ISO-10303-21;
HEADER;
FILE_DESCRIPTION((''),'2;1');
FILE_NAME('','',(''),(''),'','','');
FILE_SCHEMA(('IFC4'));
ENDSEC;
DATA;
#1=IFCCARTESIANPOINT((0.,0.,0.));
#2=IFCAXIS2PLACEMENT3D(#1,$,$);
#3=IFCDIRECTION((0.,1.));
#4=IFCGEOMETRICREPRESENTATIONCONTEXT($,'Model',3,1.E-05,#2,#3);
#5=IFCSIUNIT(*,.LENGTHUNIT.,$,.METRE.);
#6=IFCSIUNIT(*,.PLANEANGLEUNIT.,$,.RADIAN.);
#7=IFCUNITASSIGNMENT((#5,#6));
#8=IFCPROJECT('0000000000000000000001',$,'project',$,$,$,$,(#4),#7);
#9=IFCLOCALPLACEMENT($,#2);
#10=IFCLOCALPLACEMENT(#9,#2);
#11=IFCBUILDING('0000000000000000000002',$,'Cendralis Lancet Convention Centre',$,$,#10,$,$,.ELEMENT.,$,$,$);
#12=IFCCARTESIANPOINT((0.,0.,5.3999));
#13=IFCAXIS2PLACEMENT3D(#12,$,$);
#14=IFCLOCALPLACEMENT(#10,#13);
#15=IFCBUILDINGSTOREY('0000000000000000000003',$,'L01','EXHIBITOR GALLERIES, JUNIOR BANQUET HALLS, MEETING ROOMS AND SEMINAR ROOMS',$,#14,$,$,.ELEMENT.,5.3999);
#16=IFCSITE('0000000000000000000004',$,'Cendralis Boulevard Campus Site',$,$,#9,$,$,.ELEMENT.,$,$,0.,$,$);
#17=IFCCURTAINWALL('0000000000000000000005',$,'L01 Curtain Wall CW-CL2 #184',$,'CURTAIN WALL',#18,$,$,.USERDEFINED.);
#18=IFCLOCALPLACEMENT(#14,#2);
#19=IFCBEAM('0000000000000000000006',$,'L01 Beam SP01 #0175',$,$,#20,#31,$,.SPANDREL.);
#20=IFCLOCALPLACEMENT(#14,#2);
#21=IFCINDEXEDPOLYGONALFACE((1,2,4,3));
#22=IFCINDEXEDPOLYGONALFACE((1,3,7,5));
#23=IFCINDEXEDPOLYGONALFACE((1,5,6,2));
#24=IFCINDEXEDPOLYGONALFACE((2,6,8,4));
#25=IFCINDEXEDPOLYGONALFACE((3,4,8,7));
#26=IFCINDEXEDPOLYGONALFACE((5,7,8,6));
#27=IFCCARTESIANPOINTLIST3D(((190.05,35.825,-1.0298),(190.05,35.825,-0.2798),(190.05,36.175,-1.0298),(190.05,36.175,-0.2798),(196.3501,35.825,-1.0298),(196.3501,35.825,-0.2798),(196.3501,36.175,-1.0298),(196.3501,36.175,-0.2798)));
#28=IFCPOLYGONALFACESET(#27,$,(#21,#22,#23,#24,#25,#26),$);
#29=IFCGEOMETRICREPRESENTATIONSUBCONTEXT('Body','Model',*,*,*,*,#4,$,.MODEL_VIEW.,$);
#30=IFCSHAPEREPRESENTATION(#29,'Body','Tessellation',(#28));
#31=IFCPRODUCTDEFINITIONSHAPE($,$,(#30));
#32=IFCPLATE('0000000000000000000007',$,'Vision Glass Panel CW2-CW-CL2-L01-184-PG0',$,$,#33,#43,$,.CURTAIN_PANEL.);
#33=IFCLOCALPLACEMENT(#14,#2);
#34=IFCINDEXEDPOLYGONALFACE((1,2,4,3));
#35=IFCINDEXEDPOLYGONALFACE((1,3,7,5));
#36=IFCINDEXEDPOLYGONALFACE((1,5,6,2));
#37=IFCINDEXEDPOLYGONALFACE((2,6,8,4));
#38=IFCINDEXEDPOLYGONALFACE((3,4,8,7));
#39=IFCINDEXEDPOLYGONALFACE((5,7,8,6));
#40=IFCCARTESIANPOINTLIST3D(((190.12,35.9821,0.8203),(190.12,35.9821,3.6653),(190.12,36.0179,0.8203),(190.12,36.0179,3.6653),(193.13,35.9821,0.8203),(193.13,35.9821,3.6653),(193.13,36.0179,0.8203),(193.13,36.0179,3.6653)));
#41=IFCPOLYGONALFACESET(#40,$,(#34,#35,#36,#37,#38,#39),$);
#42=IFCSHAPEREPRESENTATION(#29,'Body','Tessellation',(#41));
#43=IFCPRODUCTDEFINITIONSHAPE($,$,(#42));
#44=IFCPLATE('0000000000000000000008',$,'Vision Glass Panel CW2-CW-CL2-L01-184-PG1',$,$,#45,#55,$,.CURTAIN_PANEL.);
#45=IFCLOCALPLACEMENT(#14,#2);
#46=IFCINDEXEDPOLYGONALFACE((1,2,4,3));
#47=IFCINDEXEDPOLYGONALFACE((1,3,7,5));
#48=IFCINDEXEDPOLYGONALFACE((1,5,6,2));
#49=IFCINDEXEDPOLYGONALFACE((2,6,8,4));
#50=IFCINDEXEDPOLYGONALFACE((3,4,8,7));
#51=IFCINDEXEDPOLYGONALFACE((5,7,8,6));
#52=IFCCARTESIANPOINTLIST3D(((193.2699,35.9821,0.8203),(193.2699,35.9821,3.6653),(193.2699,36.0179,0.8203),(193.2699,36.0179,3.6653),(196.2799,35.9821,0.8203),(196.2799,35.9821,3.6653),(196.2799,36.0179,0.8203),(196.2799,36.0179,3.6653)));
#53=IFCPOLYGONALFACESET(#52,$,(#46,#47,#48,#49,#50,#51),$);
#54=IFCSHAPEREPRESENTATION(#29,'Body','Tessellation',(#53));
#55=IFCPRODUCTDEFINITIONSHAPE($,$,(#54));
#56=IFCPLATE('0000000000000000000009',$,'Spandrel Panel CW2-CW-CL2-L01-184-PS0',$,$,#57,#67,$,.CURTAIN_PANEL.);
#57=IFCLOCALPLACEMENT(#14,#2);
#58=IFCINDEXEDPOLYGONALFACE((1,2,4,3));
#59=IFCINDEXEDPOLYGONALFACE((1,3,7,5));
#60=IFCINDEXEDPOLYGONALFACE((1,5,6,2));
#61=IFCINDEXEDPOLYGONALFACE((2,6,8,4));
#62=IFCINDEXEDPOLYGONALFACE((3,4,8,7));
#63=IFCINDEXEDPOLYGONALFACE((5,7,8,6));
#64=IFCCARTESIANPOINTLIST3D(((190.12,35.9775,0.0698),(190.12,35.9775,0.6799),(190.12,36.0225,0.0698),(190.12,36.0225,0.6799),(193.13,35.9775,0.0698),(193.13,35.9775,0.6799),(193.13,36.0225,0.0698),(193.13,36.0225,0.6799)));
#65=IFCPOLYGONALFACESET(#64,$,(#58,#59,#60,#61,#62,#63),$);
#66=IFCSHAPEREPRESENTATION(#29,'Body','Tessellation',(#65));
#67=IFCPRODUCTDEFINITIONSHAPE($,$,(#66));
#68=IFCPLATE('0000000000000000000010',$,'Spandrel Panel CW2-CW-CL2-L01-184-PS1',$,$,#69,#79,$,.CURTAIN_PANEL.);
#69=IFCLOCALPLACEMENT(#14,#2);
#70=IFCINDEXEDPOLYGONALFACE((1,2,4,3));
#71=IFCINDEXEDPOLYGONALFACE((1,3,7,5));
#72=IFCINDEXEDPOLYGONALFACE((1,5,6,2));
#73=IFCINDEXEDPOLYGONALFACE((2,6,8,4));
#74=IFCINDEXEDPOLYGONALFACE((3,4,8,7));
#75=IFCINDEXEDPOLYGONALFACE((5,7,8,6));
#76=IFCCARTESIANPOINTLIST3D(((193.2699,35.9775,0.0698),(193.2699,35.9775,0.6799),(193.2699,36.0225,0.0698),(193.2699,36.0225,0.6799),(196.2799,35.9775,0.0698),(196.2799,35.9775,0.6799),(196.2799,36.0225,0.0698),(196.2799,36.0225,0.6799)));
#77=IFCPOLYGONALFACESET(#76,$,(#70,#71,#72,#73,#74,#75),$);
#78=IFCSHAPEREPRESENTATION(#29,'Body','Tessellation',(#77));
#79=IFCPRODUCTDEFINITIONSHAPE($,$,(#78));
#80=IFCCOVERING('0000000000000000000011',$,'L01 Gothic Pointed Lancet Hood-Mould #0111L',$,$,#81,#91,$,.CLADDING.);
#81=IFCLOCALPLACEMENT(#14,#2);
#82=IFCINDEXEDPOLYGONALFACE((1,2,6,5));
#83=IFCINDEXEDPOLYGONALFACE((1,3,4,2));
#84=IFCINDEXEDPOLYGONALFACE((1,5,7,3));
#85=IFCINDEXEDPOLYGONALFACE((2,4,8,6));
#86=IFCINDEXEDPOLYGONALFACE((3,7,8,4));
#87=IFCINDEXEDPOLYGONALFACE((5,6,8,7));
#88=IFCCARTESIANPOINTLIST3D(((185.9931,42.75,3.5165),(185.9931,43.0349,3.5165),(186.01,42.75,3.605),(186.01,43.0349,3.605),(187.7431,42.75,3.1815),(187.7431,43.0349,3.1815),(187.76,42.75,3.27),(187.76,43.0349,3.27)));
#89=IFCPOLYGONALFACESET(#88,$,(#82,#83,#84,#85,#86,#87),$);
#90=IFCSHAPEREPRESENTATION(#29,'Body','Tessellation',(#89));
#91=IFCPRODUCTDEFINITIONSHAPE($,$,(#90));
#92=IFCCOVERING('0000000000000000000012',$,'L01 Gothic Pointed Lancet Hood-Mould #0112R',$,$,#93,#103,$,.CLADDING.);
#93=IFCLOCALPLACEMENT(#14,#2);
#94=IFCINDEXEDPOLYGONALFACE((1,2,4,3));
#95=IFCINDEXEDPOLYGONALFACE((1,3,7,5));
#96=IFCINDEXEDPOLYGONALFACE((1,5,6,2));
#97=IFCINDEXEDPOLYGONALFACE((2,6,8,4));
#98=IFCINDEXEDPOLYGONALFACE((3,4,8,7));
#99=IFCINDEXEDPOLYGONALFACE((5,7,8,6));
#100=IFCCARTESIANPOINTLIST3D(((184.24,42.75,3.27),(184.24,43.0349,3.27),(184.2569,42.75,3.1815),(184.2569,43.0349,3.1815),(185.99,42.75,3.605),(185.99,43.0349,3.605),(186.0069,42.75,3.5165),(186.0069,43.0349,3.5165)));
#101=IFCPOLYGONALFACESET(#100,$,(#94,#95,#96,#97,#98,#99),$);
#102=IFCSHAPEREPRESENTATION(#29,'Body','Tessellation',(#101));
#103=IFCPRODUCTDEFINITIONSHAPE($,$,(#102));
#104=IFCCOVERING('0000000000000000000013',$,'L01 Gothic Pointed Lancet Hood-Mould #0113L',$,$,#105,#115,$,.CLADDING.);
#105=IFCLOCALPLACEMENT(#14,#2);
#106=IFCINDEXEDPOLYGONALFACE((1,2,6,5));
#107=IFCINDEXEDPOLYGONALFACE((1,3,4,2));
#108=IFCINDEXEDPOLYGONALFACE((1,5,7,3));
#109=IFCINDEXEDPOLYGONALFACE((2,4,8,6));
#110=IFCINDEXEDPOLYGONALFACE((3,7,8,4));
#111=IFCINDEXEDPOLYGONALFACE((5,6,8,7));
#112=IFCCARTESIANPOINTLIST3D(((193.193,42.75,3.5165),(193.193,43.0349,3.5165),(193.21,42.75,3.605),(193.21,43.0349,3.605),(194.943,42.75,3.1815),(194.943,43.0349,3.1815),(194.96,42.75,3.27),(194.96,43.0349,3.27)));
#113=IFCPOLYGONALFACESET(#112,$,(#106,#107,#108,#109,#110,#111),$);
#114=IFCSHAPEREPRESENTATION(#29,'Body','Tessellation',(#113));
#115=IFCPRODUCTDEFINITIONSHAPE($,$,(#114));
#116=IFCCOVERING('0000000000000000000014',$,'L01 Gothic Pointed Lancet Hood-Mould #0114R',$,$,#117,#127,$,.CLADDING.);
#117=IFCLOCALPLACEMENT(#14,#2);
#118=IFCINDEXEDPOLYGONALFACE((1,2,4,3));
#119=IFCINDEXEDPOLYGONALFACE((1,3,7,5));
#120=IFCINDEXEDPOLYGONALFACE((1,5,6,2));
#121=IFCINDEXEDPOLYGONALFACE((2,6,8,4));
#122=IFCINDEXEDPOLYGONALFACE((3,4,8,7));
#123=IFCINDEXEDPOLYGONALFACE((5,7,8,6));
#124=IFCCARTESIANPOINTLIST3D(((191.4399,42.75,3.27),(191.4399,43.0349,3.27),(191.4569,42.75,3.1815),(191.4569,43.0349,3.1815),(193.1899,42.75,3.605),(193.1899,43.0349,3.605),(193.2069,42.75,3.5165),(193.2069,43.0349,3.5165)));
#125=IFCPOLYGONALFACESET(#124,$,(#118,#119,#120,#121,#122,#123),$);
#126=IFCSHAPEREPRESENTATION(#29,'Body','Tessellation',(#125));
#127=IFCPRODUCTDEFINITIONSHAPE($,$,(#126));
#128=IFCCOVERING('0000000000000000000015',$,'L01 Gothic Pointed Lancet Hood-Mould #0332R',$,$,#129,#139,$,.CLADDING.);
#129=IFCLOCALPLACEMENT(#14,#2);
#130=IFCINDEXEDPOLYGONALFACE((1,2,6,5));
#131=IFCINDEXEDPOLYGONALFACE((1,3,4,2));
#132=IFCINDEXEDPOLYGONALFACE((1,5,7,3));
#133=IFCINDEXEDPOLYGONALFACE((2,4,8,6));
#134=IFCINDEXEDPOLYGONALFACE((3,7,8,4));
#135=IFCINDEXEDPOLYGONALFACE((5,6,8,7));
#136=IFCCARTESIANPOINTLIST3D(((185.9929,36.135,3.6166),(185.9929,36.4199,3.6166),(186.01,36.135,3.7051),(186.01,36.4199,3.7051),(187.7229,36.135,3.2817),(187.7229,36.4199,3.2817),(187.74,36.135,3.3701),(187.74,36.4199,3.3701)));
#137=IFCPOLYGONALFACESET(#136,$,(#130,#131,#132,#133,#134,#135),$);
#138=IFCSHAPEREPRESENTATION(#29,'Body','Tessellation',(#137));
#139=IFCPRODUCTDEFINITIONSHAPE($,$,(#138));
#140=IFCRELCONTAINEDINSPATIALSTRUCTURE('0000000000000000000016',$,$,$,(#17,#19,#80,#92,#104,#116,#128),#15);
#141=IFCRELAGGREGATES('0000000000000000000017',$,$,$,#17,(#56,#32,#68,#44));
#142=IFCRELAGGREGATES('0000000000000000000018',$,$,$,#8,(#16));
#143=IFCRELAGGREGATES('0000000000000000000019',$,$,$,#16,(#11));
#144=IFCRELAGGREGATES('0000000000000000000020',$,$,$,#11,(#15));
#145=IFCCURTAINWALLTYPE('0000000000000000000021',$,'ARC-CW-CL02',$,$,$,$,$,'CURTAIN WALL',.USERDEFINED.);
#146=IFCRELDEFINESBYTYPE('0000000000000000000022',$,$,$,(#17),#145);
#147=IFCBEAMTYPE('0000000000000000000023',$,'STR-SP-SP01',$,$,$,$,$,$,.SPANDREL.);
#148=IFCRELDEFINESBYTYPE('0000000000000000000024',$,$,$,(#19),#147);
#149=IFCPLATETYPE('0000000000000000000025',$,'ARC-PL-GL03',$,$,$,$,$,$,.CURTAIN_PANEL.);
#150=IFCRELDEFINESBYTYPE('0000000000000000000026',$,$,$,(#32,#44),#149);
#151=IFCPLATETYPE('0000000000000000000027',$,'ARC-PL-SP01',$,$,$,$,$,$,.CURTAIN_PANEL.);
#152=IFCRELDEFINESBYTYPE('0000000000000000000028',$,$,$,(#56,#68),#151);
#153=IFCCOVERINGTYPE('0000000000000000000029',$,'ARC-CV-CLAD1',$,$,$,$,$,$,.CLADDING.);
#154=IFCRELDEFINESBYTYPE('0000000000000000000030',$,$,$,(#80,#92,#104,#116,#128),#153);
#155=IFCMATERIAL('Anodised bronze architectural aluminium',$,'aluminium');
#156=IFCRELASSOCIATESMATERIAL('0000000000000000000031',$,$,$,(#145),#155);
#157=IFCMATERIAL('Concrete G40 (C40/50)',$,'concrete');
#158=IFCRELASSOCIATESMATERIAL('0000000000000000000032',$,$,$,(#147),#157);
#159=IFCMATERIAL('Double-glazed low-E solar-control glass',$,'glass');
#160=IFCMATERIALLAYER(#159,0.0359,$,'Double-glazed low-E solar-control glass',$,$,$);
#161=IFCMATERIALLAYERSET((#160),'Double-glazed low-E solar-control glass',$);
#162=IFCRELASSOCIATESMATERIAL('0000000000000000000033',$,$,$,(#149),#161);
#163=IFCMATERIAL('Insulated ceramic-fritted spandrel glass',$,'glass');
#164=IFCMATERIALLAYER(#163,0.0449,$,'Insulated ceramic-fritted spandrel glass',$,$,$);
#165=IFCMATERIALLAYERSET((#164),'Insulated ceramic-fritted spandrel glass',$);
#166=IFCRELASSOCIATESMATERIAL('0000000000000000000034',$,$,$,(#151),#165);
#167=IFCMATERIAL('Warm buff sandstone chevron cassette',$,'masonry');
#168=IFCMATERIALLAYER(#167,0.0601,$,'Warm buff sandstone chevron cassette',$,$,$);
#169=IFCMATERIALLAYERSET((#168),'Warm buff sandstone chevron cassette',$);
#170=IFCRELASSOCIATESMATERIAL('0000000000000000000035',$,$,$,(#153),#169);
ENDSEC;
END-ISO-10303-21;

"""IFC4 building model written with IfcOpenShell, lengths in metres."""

from ifc_helpers import new_model, si_unit, direction, frame, origin, origin_2d, place, context, subcontext, project, spatial, polyline, rectangle, outline, extrude, material, layer, layer_set, material_profile, profile_set, type_object, element, aggregate, save


model = new_model("IFC4")

# Units and contexts
model_context = context("Model", 3, precision=1e-05, world=origin(), true_north=direction((0.0, 1.0)))
body_context = subcontext(model_context, "Body", "Model", "MODEL_VIEW")
ifc_project = project(units=[si_unit("LENGTHUNIT", "METRE"), si_unit("PLANEANGLEUNIT", "RADIAN")], contexts=[model_context])

# Site, building, storey
site_placement = place(None, origin())
site = spatial("IfcSite", under=ifc_project, at=site_placement, Name="Cendralis Boulevard Campus Site", CompositionType="ELEMENT", RefElevation=0.0)
building_placement = place(site_placement, origin())
building = spatial("IfcBuilding", under=site, at=building_placement, Name="Cendralis Lancet Convention Centre", CompositionType="ELEMENT")
storey_placement = place(building_placement, frame((0.0, 0.0, 5.3999)))
storey = spatial("IfcBuildingStorey", under=building, at=storey_placement, Name="L01", Description="EXHIBITOR GALLERIES, JUNIOR BANQUET HALLS, MEETING ROOMS AND SEMINAR ROOMS", CompositionType="ELEMENT", Elevation=5.3999)

# Shared definitions
ifc_material_1 = material(Name="Concrete G40 (C40/50)", Category="concrete")

# Curtain wall
ifc_material_2 = material(Name="Anodised bronze architectural aluminium", Category="aluminium")
curtain_wall_type = type_object("IfcCurtainWallType", Name="ARC-CW-CL02", ElementType="CURTAIN WALL", PredefinedType="USERDEFINED", material=ifc_material_2)
curtain_wall_placement = place(storey_placement, origin())
curtain_wall = element("IfcCurtainWall", 1, at=curtain_wall_placement, inside=storey, type_object=curtain_wall_type, Name="L01 Curtain Wall CW-CL2 #184", ObjectType="CURTAIN WALL", PredefinedType="USERDEFINED")

# Beam
ifc_material_profile_1 = material_profile(ifc_material_1, rectangle(XDim=0.3501, YDim=0.75, at=origin_2d()), Name="RCB 350x750")
ifc_profile_set_1 = profile_set([ifc_material_profile_1], Name="Concrete G40 (C40/50)")
beam_type = type_object("IfcBeamType", Name="STR-SP-SP01", PredefinedType="SPANDREL", material=ifc_profile_set_1)
beam_placement = place(storey_placement, frame((190.05, 36.0, -0.6548), z_axis=(1.0, 0.0, 0.0), x_axis=(0.0, 1.0, 0.0)))
element("IfcBeam", 2, at=beam_placement, inside=storey, type_object=beam_type, Name="L01 Beam SP01 #0175", PredefinedType="SPANDREL", context=body_context, shape_type="SweptSolid", body=[
    extrude(rectangle(XDim=0.3501, YDim=0.75, at=origin_2d()), origin(), (0.0, 0.0, 1.0), 6.3),
])

# Plates
ifc_material_3 = material(Name="Double-glazed low-E solar-control glass", Category="glass")
ifc_layer_1 = layer(ifc_material_3, 0.0359, Name="Double-glazed low-E solar-control glass")
ifc_layer_set_1 = layer_set([ifc_layer_1], Name="Double-glazed low-E solar-control glass")
plate_type_1 = type_object("IfcPlateType", Name="ARC-PL-GL03", PredefinedType="CURTAIN_PANEL", material=ifc_layer_set_1)
plate_1_placement = place(storey_placement, frame((191.625, 36.0, 0.8203), z_axis=(0.0, 0.0, 1.0), x_axis=(1.0, 0.0, 0.0)))
plate_1 = element("IfcPlate", 3, at=plate_1_placement, type_object=plate_type_1, Name="Vision Glass Panel CW2-CW-CL2-L01-184-PG0", PredefinedType="CURTAIN_PANEL", context=body_context, shape_type="SweptSolid", body=[
    extrude(rectangle(XDim=3.01, YDim=0.0359, at=origin_2d()), origin(), (0.0, 0.0, 1.0), 2.845),
])
plate_2_placement = place(storey_placement, frame((194.7749, 36.0, 0.8203), z_axis=(0.0, 0.0, 1.0), x_axis=(1.0, 0.0, 0.0)))
plate_2 = element("IfcPlate", 4, at=plate_2_placement, type_object=plate_type_1, Name="Vision Glass Panel CW2-CW-CL2-L01-184-PG1", PredefinedType="CURTAIN_PANEL", context=body_context, shape_type="SweptSolid", body=[
    extrude(rectangle(XDim=3.01, YDim=0.0359, at=origin_2d()), origin(), (0.0, 0.0, 1.0), 2.845),
])
ifc_material_4 = material(Name="Insulated ceramic-fritted spandrel glass", Category="glass")
ifc_layer_2 = layer(ifc_material_4, 0.0449, Name="Insulated ceramic-fritted spandrel glass")
ifc_layer_set_2 = layer_set([ifc_layer_2], Name="Insulated ceramic-fritted spandrel glass")
plate_type_2 = type_object("IfcPlateType", Name="ARC-PL-SP01", PredefinedType="CURTAIN_PANEL", material=ifc_layer_set_2)
plate_3_placement = place(storey_placement, frame((191.625, 36.0, 0.0698), z_axis=(0.0, 0.0, 1.0), x_axis=(1.0, 0.0, 0.0)))
plate_3 = element("IfcPlate", 5, at=plate_3_placement, type_object=plate_type_2, Name="Spandrel Panel CW2-CW-CL2-L01-184-PS0", PredefinedType="CURTAIN_PANEL", context=body_context, shape_type="SweptSolid", body=[
    extrude(rectangle(XDim=3.01, YDim=0.0449, at=origin_2d()), origin(), (0.0, 0.0, 1.0), 0.6101),
])
plate_4_placement = place(storey_placement, frame((194.7749, 36.0, 0.0698), z_axis=(0.0, 0.0, 1.0), x_axis=(1.0, 0.0, 0.0)))
plate_4 = element("IfcPlate", 6, at=plate_4_placement, type_object=plate_type_2, Name="Spandrel Panel CW2-CW-CL2-L01-184-PS1", PredefinedType="CURTAIN_PANEL", context=body_context, shape_type="SweptSolid", body=[
    extrude(rectangle(XDim=3.01, YDim=0.0449, at=origin_2d()), origin(), (0.0, 0.0, 1.0), 0.6101),
])
aggregate(curtain_wall, [plate_3, plate_1, plate_4, plate_2])

# Coverings
ifc_material_5 = material(Name="Warm buff sandstone chevron cassette", Category="masonry")
ifc_layer_3 = layer(ifc_material_5, 0.0601, Name="Warm buff sandstone chevron cassette")
ifc_layer_set_3 = layer_set([ifc_layer_3], Name="Warm buff sandstone chevron cassette")
covering_type = type_object("IfcCoveringType", Name="ARC-CV-CLAD1", PredefinedType="CLADDING", material=ifc_layer_set_3)
for number, where, z_axis, x_axis, name in (
    (7, (187.76, 42.75, 3.27), (0.187994, 0.0, 0.98217), (0.0, 1.0, 0.0), "L01 Gothic Pointed Lancet Hood-Mould #0111L"),
    (8, (185.99, 42.75, 3.605), (-0.187994, 0.0, 0.98217), (0.0, 1.0, 0.0), "L01 Gothic Pointed Lancet Hood-Mould #0112R"),
    (9, (194.96, 42.75, 3.27), (0.187994, 0.0, 0.98217), (0.0, 1.0, 0.0), "L01 Gothic Pointed Lancet Hood-Mould #0113L"),
    (10, (193.1899, 42.75, 3.605), (-0.187994, 0.0, 0.98217), (0.0, 1.0, 0.0), "L01 Gothic Pointed Lancet Hood-Mould #0114R"),
):
    element("IfcCovering", number, at=place(storey_placement, frame(where, z_axis=z_axis, x_axis=x_axis)), inside=storey, type_object=covering_type, Name=name, PredefinedType="CLADDING", context=body_context, shape_type="SweptSolid", body=[
        extrude(outline(polyline([(0.0, 0.0), (0.2849, 0.0), (0.2849, 1.7818), (0.0, 1.7818), (0.0, 0.0)])), origin(), (0.0, 0.0, -1.0), 0.0901),
    ])
covering_placement = place(storey_placement, frame((186.01, 36.4199, 3.7051), z_axis=(0.190091, 0.0, 0.981767), x_axis=(0.0, -1.0, 0.0)))
element("IfcCovering", 11, at=covering_placement, inside=storey, type_object=covering_type, Name="L01 Gothic Pointed Lancet Hood-Mould #0332R", PredefinedType="CLADDING", context=body_context, shape_type="SweptSolid", body=[
    extrude(outline(polyline([(0.0, 0.0), (0.2849, 0.0), (0.2849, 1.7621), (0.0, 1.7621), (0.0, 0.0)])), origin(), (0.0, 0.0, -1.0), 0.0901),
])

save(model, "model.ifc")
